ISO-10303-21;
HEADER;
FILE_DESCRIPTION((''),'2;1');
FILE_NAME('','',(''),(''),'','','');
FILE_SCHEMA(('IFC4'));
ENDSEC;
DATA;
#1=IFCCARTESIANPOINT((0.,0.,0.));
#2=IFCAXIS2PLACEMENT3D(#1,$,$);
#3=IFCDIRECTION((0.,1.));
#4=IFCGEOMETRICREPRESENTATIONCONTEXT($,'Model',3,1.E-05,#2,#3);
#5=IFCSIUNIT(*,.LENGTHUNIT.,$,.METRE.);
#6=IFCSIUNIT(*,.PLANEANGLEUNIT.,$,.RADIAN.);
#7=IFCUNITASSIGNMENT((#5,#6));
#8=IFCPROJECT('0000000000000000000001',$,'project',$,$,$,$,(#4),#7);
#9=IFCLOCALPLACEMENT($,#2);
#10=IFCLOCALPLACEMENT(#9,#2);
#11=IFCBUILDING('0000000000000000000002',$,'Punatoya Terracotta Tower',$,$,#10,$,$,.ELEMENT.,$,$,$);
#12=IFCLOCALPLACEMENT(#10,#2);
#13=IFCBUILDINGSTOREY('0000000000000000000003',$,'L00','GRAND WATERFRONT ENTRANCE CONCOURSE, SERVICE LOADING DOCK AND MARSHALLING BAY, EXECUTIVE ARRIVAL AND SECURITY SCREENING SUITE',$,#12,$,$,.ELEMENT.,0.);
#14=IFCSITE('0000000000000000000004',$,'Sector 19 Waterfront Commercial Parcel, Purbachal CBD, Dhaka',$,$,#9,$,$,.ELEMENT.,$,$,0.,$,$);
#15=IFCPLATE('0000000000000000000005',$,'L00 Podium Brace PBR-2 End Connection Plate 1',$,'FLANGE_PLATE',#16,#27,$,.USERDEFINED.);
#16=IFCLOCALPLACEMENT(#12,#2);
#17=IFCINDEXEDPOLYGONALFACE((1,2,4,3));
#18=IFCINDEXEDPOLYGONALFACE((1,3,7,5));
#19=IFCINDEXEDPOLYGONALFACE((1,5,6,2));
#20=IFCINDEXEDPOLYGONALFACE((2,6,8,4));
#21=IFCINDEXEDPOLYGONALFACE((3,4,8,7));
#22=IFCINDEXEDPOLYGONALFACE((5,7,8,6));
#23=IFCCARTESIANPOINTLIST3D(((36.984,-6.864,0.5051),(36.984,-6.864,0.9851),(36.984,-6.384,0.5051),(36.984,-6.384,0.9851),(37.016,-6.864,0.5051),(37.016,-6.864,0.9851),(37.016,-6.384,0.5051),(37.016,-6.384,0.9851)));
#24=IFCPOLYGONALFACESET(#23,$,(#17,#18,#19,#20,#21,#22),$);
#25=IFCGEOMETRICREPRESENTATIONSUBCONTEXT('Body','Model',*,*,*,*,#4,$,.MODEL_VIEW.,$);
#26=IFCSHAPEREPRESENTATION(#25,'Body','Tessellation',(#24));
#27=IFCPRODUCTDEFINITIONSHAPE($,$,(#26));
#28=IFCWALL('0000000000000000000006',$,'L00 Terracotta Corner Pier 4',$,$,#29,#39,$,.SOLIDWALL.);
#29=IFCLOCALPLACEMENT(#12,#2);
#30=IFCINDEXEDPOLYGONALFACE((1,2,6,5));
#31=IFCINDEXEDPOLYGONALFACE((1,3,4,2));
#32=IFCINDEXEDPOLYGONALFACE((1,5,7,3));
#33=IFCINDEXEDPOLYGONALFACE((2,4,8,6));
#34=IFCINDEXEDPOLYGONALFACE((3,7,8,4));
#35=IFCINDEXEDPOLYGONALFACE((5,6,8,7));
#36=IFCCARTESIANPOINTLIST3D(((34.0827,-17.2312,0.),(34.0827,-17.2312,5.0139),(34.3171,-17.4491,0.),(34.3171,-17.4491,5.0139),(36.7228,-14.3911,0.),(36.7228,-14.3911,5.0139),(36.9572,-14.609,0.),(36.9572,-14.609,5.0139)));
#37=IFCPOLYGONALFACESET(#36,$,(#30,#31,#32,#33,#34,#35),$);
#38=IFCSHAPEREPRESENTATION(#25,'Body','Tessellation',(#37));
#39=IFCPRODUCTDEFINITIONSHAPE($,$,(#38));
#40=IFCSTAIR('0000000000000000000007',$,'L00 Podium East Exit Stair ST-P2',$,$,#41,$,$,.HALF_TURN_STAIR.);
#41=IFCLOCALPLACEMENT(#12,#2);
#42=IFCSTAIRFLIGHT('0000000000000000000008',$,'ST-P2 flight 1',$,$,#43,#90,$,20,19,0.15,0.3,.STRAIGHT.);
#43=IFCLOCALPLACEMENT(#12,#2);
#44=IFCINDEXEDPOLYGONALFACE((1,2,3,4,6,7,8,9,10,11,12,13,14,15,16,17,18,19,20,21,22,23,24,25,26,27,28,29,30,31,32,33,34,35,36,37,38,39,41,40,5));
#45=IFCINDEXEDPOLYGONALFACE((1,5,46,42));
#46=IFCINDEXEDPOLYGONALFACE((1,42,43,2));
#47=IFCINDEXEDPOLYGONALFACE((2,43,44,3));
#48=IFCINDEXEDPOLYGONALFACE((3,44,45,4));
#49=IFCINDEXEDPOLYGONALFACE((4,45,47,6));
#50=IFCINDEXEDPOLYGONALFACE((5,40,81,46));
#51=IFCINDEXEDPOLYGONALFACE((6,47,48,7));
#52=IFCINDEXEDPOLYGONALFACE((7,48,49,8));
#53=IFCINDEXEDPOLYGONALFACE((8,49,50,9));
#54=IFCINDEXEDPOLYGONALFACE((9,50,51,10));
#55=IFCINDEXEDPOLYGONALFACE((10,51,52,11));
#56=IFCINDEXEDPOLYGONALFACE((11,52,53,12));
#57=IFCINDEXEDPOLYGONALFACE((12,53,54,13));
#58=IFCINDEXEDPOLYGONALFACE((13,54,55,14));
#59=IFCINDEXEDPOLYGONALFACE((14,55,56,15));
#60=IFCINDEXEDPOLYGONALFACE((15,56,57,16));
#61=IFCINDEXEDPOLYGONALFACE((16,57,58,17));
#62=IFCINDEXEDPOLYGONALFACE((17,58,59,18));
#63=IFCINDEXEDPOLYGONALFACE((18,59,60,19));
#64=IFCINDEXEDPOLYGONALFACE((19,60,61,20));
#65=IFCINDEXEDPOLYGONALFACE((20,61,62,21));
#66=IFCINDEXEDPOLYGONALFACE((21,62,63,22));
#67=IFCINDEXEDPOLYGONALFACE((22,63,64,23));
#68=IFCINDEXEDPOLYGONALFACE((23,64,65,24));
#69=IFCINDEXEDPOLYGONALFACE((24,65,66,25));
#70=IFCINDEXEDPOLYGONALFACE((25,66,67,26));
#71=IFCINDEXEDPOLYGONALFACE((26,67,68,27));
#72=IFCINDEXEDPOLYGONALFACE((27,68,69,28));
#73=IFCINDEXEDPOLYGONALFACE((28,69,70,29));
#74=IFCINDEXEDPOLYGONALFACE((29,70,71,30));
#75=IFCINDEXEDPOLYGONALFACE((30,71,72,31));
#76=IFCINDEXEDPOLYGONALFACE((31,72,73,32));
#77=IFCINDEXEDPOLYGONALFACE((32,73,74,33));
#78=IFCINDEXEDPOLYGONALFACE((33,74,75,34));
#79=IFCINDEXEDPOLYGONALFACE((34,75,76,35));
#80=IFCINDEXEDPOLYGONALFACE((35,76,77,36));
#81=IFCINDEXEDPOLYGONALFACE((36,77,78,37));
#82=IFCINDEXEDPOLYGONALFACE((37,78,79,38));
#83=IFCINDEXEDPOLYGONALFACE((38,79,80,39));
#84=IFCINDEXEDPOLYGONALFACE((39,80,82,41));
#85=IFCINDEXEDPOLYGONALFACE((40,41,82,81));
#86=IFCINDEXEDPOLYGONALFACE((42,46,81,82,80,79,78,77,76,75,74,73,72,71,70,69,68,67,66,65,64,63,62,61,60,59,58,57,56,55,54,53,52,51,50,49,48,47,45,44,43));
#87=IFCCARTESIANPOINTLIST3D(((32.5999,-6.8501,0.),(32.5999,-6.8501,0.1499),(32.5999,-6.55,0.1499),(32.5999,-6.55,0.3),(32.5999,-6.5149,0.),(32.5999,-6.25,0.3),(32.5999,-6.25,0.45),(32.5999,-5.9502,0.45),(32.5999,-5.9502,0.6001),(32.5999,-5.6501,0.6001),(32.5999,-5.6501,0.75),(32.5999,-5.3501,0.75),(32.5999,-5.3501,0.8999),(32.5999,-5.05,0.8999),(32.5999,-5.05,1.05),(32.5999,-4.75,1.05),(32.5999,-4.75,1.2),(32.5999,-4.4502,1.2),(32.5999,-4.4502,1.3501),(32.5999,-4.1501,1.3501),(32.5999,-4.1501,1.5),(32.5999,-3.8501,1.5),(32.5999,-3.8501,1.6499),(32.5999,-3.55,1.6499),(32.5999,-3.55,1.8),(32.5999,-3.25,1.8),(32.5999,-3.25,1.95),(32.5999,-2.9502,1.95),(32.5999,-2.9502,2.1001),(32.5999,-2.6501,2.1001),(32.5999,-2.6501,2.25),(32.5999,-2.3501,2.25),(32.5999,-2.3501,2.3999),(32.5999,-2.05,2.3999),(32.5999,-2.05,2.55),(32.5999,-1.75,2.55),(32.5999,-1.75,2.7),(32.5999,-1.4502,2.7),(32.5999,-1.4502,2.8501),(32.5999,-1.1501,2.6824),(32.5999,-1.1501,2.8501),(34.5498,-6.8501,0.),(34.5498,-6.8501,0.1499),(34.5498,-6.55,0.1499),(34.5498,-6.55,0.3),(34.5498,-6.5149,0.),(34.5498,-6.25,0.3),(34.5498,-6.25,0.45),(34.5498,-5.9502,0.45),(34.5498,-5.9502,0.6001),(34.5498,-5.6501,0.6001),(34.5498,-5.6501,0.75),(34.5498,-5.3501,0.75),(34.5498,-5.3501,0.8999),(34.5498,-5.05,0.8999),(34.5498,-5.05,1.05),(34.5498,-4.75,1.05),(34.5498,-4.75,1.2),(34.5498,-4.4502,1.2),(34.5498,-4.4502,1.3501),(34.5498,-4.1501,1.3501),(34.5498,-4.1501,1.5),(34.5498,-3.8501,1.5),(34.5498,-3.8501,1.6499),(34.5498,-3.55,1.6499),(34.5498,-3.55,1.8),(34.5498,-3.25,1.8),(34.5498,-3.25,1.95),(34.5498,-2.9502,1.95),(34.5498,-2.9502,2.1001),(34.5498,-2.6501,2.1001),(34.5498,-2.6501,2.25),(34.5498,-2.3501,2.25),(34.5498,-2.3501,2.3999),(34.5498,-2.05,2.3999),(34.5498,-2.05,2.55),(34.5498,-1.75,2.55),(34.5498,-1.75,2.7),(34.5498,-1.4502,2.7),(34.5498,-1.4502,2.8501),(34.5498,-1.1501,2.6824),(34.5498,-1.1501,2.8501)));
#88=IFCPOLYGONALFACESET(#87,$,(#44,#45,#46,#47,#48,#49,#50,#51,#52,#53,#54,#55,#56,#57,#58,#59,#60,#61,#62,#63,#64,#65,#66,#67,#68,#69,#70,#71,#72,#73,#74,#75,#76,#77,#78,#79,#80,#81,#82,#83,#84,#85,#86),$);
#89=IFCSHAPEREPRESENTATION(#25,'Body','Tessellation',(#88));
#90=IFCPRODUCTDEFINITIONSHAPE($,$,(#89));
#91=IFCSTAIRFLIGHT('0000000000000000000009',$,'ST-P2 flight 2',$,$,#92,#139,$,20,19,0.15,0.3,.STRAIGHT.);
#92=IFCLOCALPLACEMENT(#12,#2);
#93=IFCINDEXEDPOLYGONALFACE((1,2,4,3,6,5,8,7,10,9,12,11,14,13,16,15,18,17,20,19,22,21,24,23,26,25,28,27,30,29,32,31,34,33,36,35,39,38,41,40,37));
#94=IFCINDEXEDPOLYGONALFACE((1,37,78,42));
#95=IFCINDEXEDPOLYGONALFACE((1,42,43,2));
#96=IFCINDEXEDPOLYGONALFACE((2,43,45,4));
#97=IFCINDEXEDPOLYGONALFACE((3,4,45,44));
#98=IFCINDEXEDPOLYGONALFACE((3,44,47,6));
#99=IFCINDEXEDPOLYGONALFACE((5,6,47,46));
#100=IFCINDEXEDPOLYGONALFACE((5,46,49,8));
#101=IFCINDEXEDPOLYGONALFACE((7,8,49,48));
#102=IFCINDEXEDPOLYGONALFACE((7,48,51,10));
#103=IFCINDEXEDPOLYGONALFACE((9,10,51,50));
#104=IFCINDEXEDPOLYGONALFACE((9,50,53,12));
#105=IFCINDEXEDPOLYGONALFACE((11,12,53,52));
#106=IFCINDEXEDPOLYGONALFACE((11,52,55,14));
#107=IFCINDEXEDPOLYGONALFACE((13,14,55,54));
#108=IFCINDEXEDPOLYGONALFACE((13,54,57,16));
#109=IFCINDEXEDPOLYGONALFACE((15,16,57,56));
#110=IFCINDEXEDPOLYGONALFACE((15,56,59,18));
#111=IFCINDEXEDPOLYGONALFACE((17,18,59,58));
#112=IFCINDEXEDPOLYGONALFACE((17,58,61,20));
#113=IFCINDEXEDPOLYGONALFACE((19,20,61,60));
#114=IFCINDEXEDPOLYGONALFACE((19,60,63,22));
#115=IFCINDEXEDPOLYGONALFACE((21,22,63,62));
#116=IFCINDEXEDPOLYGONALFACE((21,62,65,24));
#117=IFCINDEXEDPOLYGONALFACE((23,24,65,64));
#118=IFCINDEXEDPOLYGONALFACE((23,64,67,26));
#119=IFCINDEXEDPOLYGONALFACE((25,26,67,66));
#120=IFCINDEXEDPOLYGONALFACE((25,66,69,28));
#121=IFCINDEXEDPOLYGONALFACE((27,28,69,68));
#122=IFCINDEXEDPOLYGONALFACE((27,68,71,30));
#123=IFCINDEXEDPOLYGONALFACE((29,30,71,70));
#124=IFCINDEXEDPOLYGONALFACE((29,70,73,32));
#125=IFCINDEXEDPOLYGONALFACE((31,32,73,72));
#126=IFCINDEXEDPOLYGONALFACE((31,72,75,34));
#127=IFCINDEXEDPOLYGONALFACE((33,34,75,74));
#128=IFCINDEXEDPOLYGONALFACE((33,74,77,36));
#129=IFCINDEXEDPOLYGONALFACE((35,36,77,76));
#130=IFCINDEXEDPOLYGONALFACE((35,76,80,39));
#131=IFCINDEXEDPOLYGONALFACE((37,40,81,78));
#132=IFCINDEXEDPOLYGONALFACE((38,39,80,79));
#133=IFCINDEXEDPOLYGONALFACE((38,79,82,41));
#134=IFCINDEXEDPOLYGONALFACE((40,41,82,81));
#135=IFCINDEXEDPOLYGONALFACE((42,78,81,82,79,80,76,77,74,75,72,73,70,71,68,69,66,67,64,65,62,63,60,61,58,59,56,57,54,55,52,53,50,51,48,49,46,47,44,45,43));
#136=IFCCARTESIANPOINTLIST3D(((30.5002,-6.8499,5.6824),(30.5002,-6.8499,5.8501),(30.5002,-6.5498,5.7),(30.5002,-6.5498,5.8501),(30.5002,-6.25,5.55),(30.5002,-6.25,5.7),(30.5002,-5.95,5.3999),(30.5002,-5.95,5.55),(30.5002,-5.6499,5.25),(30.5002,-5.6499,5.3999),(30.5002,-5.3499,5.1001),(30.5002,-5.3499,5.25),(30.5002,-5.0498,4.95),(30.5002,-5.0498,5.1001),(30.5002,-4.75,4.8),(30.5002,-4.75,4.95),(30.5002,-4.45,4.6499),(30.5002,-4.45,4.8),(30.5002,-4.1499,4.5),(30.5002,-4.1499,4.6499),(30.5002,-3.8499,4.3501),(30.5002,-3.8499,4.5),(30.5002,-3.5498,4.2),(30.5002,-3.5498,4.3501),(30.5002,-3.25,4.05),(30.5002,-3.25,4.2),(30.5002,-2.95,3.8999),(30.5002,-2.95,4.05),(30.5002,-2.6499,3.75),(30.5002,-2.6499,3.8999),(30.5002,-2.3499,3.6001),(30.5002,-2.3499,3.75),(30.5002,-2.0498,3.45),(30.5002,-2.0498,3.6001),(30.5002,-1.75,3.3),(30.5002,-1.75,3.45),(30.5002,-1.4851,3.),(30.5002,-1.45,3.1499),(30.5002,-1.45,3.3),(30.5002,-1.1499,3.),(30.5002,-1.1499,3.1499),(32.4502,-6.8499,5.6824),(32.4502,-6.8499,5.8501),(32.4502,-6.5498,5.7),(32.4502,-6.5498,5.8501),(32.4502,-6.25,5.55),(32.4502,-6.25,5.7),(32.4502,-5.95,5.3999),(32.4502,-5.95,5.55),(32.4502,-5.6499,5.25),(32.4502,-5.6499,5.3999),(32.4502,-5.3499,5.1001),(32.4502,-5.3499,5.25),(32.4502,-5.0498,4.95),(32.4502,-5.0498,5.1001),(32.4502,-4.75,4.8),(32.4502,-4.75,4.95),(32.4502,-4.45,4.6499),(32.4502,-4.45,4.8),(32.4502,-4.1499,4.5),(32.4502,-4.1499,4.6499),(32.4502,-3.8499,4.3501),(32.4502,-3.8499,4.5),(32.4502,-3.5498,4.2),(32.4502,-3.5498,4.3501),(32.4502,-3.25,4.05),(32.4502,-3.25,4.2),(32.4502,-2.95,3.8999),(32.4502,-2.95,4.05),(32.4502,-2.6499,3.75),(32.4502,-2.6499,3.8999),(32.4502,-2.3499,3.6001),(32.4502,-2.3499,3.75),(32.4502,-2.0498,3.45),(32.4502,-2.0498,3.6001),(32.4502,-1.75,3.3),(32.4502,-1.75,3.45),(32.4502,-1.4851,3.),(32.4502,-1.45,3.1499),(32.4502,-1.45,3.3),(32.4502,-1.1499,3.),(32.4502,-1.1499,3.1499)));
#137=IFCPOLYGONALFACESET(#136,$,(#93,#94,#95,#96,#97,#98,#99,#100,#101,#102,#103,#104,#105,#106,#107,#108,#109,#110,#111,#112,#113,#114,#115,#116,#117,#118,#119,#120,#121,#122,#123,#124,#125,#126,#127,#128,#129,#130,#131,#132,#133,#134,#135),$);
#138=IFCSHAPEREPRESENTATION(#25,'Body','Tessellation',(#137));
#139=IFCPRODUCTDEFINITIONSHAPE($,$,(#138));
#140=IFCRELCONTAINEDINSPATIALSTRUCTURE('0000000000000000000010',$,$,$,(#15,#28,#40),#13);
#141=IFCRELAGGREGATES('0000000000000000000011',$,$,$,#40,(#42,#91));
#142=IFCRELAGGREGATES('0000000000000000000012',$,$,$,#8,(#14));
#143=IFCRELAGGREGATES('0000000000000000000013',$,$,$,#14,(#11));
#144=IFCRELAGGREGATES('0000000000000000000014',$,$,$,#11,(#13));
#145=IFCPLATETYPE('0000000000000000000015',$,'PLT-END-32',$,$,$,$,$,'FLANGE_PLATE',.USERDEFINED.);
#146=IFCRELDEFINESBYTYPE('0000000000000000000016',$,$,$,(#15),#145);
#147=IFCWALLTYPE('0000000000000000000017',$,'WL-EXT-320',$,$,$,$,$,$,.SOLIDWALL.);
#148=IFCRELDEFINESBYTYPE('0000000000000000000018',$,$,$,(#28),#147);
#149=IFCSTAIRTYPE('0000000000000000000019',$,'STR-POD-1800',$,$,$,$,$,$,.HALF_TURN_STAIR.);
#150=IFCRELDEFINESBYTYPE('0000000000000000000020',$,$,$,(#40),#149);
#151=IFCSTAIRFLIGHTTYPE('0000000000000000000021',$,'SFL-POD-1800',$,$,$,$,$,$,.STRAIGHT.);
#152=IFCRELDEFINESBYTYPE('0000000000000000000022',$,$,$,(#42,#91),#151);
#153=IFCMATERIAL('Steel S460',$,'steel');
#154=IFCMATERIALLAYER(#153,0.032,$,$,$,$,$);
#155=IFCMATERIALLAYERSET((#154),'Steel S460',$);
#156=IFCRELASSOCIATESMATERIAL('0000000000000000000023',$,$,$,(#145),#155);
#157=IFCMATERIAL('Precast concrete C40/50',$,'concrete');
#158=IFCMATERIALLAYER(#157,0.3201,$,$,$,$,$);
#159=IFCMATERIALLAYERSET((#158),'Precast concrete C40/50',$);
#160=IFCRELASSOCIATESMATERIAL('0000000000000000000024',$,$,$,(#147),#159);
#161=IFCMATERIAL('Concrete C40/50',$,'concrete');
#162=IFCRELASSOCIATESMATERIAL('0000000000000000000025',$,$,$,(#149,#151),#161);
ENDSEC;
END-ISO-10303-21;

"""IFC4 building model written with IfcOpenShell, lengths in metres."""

from ifc_helpers import new_model, si_unit, direction, frame, frame_2d, origin, origin_2d, place, context, subcontext, project, spatial, polyline, rectangle, outline, extrude, material, layer, layer_set, type_object, element, aggregate, save


model = new_model("IFC4")

# Units and contexts
model_context = context("Model", 3, precision=1e-05, world=origin(), true_north=direction((0.0, 1.0)))
body_context = subcontext(model_context, "Body", "Model", "MODEL_VIEW")
ifc_project = project(units=[si_unit("LENGTHUNIT", "METRE"), si_unit("PLANEANGLEUNIT", "RADIAN")], contexts=[model_context])

# Site, building, storey
site_placement = place(None, origin())
site = spatial("IfcSite", under=ifc_project, at=site_placement, Name="Sector 19 Waterfront Commercial Parcel, Purbachal CBD, Dhaka", CompositionType="ELEMENT", RefElevation=0.0)
building_placement = place(site_placement, origin())
building = spatial("IfcBuilding", under=site, at=building_placement, Name="Punatoya Terracotta Tower", CompositionType="ELEMENT")
storey_placement = place(building_placement, origin())
storey = spatial("IfcBuildingStorey", under=building, at=storey_placement, Name="L00", Description="GRAND WATERFRONT ENTRANCE CONCOURSE, SERVICE LOADING DOCK AND MARSHALLING BAY, EXECUTIVE ARRIVAL AND SECURITY SCREENING SUITE", CompositionType="ELEMENT", Elevation=0.0)

# Plate
ifc_material_1 = material(Name="Steel S460", Category="steel")
ifc_layer_1 = layer(ifc_material_1, 0.032)
ifc_layer_set_1 = layer_set([ifc_layer_1], Name="Steel S460")
plate_type = type_object("IfcPlateType", Name="PLT-END-32", ElementType="FLANGE_PLATE", PredefinedType="USERDEFINED", material=ifc_layer_set_1)
plate_placement = place(storey_placement, frame((37.0, -6.624, 0.5051), z_axis=(0.0, 0.0, 1.0), x_axis=(1.0, 0.0, 0.0)))
element("IfcPlate", 1, at=plate_placement, inside=storey, type_object=plate_type, Name="L00 Podium Brace PBR-2 End Connection Plate 1", ObjectType="FLANGE_PLATE", PredefinedType="USERDEFINED", context=body_context, shape_type="SweptSolid", body=[
    extrude(rectangle(XDim=0.032, YDim=0.48, at=origin_2d()), origin(), (0.0, 0.0, 1.0), 0.48),
])

# Shared definitions
ifc_material_2 = material(Name="Precast concrete C40/50", Category="concrete")
ifc_layer_2 = layer(ifc_material_2, 0.3201)
ifc_layer_set_2 = layer_set([ifc_layer_2], Name="Precast concrete C40/50")
wall_type = type_object("IfcWallType", Name="WL-EXT-320", PredefinedType="SOLIDWALL", material=ifc_layer_set_2)

# Wall
wall_1_placement = place(storey_placement, frame((36.8401, -14.5, 0.0), z_axis=(0.0, 0.0, 1.0), x_axis=(-0.680854, -0.732419, 0.0)))
element("IfcWall", 2, at=wall_1_placement, inside=storey, type_object=wall_type, Name="L00 Terracotta Corner Pier 4", PredefinedType="SOLIDWALL", context=body_context, shape_type="SweptSolid", body=[
    extrude(rectangle(XDim=3.8777, YDim=0.3201, at=frame_2d((1.939, 0.0))), origin(), (0.0, 0.0, 1.0), 5.0139),
])

# Stair, stair flights
ifc_material_3 = material(Name="Concrete C40/50", Category="concrete")
stair_type = type_object("IfcStairType", Name="STR-POD-1800", PredefinedType="HALF_TURN_STAIR", material=ifc_material_3)
stair_placement = place(storey_placement, origin())
stair = element("IfcStair", 3, at=stair_placement, inside=storey, type_object=stair_type, Name="L00 Podium East Exit Stair ST-P2", PredefinedType="HALF_TURN_STAIR")
stair_flight_type = type_object("IfcStairFlightType", Name="SFL-POD-1800", PredefinedType="STRAIGHT", material=ifc_material_3)
stair_flight_1_placement = place(storey_placement, frame((33.575, -6.8501, 0.0), z_axis=(0.0, 0.0, 1.0), x_axis=(0.0, 1.0, 0.0)))
stair_flight_1 = element("IfcStairFlight", 4, at=stair_flight_1_placement, type_object=stair_flight_type, Name="ST-P2 flight 1", NumberOfRisers=20, NumberOfTreads=19, PredefinedType="STRAIGHT", RiserHeight=0.15, TreadLength=0.3, context=body_context, shape_type="SweptSolid", body=[
    extrude(outline(polyline([(0.0, 0.0), (0.0, 0.1499), (0.3, 0.1499), (0.3, 0.3), (0.6001, 0.3), (0.6001, 0.45), (0.8999, 0.45), (0.8999, 0.6001), (1.2, 0.6001), (1.2, 0.75), (1.5, 0.75), (1.5, 0.8999), (1.8, 0.8999), (1.8, 1.05), (2.1001, 1.05), (2.1001, 1.2), (2.3999, 1.2), (2.3999, 1.3501), (2.7, 1.3501), (2.7, 1.5), (3.0, 1.5), (3.0, 1.6499), (3.3, 1.6499), (3.3, 1.8), (3.6001, 1.8), (3.6001, 1.95), (3.8999, 1.95), (3.8999, 2.1001), (4.2, 2.1001), (4.2, 2.25), (4.5, 2.25), (4.5, 2.3999), (4.8, 2.3999), (4.8, 2.55), (5.1001, 2.55), (5.1001, 2.7), (5.3999, 2.7), (5.3999, 2.8501), (5.7, 2.8501), (5.7, 3.0), (5.7, 2.6824), (0.3352, 0.0), (0.0, 0.0)])), frame((0.0, 0.9751, 0.0), z_axis=(0.0, -1.0, 0.0), x_axis=(1.0, 0.0, 0.0)), (0.0, 0.0, 1.0), 1.95),
])
stair_flight_2_placement = place(storey_placement, frame((31.4751, -1.1499, 3.0), z_axis=(0.0, 0.0, 1.0), x_axis=(0.0, -1.0, 0.0)))
stair_flight_2 = element("IfcStairFlight", 5, at=stair_flight_2_placement, type_object=stair_flight_type, Name="ST-P2 flight 2", NumberOfRisers=20, NumberOfTreads=19, PredefinedType="STRAIGHT", RiserHeight=0.15, TreadLength=0.3, context=body_context, shape_type="SweptSolid", body=[
    extrude(outline(polyline([(0.0, 0.0), (0.0, 0.1499), (0.3, 0.1499), (0.3, 0.3), (0.6001, 0.3), (0.6001, 0.45), (0.8999, 0.45), (0.8999, 0.6001), (1.2, 0.6001), (1.2, 0.75), (1.5, 0.75), (1.5, 0.8999), (1.8, 0.8999), (1.8, 1.05), (2.1001, 1.05), (2.1001, 1.2), (2.3999, 1.2), (2.3999, 1.3501), (2.7, 1.3501), (2.7, 1.5), (3.0, 1.5), (3.0, 1.6499), (3.3, 1.6499), (3.3, 1.8), (3.6001, 1.8), (3.6001, 1.95), (3.8999, 1.95), (3.8999, 2.1001), (4.2, 2.1001), (4.2, 2.25), (4.5, 2.25), (4.5, 2.3999), (4.8, 2.3999), (4.8, 2.55), (5.1001, 2.55), (5.1001, 2.7), (5.3999, 2.7), (5.3999, 2.8501), (5.7, 2.8501), (5.7, 3.0), (5.7, 2.6824), (0.3352, 0.0), (0.0, 0.0)])), frame((0.0, 0.9751, 0.0), z_axis=(0.0, -1.0, 0.0), x_axis=(1.0, 0.0, 0.0)), (0.0, 0.0, 1.0), 1.95),
])
aggregate(stair, [stair_flight_1, stair_flight_2])

save(model, "model.ifc")
